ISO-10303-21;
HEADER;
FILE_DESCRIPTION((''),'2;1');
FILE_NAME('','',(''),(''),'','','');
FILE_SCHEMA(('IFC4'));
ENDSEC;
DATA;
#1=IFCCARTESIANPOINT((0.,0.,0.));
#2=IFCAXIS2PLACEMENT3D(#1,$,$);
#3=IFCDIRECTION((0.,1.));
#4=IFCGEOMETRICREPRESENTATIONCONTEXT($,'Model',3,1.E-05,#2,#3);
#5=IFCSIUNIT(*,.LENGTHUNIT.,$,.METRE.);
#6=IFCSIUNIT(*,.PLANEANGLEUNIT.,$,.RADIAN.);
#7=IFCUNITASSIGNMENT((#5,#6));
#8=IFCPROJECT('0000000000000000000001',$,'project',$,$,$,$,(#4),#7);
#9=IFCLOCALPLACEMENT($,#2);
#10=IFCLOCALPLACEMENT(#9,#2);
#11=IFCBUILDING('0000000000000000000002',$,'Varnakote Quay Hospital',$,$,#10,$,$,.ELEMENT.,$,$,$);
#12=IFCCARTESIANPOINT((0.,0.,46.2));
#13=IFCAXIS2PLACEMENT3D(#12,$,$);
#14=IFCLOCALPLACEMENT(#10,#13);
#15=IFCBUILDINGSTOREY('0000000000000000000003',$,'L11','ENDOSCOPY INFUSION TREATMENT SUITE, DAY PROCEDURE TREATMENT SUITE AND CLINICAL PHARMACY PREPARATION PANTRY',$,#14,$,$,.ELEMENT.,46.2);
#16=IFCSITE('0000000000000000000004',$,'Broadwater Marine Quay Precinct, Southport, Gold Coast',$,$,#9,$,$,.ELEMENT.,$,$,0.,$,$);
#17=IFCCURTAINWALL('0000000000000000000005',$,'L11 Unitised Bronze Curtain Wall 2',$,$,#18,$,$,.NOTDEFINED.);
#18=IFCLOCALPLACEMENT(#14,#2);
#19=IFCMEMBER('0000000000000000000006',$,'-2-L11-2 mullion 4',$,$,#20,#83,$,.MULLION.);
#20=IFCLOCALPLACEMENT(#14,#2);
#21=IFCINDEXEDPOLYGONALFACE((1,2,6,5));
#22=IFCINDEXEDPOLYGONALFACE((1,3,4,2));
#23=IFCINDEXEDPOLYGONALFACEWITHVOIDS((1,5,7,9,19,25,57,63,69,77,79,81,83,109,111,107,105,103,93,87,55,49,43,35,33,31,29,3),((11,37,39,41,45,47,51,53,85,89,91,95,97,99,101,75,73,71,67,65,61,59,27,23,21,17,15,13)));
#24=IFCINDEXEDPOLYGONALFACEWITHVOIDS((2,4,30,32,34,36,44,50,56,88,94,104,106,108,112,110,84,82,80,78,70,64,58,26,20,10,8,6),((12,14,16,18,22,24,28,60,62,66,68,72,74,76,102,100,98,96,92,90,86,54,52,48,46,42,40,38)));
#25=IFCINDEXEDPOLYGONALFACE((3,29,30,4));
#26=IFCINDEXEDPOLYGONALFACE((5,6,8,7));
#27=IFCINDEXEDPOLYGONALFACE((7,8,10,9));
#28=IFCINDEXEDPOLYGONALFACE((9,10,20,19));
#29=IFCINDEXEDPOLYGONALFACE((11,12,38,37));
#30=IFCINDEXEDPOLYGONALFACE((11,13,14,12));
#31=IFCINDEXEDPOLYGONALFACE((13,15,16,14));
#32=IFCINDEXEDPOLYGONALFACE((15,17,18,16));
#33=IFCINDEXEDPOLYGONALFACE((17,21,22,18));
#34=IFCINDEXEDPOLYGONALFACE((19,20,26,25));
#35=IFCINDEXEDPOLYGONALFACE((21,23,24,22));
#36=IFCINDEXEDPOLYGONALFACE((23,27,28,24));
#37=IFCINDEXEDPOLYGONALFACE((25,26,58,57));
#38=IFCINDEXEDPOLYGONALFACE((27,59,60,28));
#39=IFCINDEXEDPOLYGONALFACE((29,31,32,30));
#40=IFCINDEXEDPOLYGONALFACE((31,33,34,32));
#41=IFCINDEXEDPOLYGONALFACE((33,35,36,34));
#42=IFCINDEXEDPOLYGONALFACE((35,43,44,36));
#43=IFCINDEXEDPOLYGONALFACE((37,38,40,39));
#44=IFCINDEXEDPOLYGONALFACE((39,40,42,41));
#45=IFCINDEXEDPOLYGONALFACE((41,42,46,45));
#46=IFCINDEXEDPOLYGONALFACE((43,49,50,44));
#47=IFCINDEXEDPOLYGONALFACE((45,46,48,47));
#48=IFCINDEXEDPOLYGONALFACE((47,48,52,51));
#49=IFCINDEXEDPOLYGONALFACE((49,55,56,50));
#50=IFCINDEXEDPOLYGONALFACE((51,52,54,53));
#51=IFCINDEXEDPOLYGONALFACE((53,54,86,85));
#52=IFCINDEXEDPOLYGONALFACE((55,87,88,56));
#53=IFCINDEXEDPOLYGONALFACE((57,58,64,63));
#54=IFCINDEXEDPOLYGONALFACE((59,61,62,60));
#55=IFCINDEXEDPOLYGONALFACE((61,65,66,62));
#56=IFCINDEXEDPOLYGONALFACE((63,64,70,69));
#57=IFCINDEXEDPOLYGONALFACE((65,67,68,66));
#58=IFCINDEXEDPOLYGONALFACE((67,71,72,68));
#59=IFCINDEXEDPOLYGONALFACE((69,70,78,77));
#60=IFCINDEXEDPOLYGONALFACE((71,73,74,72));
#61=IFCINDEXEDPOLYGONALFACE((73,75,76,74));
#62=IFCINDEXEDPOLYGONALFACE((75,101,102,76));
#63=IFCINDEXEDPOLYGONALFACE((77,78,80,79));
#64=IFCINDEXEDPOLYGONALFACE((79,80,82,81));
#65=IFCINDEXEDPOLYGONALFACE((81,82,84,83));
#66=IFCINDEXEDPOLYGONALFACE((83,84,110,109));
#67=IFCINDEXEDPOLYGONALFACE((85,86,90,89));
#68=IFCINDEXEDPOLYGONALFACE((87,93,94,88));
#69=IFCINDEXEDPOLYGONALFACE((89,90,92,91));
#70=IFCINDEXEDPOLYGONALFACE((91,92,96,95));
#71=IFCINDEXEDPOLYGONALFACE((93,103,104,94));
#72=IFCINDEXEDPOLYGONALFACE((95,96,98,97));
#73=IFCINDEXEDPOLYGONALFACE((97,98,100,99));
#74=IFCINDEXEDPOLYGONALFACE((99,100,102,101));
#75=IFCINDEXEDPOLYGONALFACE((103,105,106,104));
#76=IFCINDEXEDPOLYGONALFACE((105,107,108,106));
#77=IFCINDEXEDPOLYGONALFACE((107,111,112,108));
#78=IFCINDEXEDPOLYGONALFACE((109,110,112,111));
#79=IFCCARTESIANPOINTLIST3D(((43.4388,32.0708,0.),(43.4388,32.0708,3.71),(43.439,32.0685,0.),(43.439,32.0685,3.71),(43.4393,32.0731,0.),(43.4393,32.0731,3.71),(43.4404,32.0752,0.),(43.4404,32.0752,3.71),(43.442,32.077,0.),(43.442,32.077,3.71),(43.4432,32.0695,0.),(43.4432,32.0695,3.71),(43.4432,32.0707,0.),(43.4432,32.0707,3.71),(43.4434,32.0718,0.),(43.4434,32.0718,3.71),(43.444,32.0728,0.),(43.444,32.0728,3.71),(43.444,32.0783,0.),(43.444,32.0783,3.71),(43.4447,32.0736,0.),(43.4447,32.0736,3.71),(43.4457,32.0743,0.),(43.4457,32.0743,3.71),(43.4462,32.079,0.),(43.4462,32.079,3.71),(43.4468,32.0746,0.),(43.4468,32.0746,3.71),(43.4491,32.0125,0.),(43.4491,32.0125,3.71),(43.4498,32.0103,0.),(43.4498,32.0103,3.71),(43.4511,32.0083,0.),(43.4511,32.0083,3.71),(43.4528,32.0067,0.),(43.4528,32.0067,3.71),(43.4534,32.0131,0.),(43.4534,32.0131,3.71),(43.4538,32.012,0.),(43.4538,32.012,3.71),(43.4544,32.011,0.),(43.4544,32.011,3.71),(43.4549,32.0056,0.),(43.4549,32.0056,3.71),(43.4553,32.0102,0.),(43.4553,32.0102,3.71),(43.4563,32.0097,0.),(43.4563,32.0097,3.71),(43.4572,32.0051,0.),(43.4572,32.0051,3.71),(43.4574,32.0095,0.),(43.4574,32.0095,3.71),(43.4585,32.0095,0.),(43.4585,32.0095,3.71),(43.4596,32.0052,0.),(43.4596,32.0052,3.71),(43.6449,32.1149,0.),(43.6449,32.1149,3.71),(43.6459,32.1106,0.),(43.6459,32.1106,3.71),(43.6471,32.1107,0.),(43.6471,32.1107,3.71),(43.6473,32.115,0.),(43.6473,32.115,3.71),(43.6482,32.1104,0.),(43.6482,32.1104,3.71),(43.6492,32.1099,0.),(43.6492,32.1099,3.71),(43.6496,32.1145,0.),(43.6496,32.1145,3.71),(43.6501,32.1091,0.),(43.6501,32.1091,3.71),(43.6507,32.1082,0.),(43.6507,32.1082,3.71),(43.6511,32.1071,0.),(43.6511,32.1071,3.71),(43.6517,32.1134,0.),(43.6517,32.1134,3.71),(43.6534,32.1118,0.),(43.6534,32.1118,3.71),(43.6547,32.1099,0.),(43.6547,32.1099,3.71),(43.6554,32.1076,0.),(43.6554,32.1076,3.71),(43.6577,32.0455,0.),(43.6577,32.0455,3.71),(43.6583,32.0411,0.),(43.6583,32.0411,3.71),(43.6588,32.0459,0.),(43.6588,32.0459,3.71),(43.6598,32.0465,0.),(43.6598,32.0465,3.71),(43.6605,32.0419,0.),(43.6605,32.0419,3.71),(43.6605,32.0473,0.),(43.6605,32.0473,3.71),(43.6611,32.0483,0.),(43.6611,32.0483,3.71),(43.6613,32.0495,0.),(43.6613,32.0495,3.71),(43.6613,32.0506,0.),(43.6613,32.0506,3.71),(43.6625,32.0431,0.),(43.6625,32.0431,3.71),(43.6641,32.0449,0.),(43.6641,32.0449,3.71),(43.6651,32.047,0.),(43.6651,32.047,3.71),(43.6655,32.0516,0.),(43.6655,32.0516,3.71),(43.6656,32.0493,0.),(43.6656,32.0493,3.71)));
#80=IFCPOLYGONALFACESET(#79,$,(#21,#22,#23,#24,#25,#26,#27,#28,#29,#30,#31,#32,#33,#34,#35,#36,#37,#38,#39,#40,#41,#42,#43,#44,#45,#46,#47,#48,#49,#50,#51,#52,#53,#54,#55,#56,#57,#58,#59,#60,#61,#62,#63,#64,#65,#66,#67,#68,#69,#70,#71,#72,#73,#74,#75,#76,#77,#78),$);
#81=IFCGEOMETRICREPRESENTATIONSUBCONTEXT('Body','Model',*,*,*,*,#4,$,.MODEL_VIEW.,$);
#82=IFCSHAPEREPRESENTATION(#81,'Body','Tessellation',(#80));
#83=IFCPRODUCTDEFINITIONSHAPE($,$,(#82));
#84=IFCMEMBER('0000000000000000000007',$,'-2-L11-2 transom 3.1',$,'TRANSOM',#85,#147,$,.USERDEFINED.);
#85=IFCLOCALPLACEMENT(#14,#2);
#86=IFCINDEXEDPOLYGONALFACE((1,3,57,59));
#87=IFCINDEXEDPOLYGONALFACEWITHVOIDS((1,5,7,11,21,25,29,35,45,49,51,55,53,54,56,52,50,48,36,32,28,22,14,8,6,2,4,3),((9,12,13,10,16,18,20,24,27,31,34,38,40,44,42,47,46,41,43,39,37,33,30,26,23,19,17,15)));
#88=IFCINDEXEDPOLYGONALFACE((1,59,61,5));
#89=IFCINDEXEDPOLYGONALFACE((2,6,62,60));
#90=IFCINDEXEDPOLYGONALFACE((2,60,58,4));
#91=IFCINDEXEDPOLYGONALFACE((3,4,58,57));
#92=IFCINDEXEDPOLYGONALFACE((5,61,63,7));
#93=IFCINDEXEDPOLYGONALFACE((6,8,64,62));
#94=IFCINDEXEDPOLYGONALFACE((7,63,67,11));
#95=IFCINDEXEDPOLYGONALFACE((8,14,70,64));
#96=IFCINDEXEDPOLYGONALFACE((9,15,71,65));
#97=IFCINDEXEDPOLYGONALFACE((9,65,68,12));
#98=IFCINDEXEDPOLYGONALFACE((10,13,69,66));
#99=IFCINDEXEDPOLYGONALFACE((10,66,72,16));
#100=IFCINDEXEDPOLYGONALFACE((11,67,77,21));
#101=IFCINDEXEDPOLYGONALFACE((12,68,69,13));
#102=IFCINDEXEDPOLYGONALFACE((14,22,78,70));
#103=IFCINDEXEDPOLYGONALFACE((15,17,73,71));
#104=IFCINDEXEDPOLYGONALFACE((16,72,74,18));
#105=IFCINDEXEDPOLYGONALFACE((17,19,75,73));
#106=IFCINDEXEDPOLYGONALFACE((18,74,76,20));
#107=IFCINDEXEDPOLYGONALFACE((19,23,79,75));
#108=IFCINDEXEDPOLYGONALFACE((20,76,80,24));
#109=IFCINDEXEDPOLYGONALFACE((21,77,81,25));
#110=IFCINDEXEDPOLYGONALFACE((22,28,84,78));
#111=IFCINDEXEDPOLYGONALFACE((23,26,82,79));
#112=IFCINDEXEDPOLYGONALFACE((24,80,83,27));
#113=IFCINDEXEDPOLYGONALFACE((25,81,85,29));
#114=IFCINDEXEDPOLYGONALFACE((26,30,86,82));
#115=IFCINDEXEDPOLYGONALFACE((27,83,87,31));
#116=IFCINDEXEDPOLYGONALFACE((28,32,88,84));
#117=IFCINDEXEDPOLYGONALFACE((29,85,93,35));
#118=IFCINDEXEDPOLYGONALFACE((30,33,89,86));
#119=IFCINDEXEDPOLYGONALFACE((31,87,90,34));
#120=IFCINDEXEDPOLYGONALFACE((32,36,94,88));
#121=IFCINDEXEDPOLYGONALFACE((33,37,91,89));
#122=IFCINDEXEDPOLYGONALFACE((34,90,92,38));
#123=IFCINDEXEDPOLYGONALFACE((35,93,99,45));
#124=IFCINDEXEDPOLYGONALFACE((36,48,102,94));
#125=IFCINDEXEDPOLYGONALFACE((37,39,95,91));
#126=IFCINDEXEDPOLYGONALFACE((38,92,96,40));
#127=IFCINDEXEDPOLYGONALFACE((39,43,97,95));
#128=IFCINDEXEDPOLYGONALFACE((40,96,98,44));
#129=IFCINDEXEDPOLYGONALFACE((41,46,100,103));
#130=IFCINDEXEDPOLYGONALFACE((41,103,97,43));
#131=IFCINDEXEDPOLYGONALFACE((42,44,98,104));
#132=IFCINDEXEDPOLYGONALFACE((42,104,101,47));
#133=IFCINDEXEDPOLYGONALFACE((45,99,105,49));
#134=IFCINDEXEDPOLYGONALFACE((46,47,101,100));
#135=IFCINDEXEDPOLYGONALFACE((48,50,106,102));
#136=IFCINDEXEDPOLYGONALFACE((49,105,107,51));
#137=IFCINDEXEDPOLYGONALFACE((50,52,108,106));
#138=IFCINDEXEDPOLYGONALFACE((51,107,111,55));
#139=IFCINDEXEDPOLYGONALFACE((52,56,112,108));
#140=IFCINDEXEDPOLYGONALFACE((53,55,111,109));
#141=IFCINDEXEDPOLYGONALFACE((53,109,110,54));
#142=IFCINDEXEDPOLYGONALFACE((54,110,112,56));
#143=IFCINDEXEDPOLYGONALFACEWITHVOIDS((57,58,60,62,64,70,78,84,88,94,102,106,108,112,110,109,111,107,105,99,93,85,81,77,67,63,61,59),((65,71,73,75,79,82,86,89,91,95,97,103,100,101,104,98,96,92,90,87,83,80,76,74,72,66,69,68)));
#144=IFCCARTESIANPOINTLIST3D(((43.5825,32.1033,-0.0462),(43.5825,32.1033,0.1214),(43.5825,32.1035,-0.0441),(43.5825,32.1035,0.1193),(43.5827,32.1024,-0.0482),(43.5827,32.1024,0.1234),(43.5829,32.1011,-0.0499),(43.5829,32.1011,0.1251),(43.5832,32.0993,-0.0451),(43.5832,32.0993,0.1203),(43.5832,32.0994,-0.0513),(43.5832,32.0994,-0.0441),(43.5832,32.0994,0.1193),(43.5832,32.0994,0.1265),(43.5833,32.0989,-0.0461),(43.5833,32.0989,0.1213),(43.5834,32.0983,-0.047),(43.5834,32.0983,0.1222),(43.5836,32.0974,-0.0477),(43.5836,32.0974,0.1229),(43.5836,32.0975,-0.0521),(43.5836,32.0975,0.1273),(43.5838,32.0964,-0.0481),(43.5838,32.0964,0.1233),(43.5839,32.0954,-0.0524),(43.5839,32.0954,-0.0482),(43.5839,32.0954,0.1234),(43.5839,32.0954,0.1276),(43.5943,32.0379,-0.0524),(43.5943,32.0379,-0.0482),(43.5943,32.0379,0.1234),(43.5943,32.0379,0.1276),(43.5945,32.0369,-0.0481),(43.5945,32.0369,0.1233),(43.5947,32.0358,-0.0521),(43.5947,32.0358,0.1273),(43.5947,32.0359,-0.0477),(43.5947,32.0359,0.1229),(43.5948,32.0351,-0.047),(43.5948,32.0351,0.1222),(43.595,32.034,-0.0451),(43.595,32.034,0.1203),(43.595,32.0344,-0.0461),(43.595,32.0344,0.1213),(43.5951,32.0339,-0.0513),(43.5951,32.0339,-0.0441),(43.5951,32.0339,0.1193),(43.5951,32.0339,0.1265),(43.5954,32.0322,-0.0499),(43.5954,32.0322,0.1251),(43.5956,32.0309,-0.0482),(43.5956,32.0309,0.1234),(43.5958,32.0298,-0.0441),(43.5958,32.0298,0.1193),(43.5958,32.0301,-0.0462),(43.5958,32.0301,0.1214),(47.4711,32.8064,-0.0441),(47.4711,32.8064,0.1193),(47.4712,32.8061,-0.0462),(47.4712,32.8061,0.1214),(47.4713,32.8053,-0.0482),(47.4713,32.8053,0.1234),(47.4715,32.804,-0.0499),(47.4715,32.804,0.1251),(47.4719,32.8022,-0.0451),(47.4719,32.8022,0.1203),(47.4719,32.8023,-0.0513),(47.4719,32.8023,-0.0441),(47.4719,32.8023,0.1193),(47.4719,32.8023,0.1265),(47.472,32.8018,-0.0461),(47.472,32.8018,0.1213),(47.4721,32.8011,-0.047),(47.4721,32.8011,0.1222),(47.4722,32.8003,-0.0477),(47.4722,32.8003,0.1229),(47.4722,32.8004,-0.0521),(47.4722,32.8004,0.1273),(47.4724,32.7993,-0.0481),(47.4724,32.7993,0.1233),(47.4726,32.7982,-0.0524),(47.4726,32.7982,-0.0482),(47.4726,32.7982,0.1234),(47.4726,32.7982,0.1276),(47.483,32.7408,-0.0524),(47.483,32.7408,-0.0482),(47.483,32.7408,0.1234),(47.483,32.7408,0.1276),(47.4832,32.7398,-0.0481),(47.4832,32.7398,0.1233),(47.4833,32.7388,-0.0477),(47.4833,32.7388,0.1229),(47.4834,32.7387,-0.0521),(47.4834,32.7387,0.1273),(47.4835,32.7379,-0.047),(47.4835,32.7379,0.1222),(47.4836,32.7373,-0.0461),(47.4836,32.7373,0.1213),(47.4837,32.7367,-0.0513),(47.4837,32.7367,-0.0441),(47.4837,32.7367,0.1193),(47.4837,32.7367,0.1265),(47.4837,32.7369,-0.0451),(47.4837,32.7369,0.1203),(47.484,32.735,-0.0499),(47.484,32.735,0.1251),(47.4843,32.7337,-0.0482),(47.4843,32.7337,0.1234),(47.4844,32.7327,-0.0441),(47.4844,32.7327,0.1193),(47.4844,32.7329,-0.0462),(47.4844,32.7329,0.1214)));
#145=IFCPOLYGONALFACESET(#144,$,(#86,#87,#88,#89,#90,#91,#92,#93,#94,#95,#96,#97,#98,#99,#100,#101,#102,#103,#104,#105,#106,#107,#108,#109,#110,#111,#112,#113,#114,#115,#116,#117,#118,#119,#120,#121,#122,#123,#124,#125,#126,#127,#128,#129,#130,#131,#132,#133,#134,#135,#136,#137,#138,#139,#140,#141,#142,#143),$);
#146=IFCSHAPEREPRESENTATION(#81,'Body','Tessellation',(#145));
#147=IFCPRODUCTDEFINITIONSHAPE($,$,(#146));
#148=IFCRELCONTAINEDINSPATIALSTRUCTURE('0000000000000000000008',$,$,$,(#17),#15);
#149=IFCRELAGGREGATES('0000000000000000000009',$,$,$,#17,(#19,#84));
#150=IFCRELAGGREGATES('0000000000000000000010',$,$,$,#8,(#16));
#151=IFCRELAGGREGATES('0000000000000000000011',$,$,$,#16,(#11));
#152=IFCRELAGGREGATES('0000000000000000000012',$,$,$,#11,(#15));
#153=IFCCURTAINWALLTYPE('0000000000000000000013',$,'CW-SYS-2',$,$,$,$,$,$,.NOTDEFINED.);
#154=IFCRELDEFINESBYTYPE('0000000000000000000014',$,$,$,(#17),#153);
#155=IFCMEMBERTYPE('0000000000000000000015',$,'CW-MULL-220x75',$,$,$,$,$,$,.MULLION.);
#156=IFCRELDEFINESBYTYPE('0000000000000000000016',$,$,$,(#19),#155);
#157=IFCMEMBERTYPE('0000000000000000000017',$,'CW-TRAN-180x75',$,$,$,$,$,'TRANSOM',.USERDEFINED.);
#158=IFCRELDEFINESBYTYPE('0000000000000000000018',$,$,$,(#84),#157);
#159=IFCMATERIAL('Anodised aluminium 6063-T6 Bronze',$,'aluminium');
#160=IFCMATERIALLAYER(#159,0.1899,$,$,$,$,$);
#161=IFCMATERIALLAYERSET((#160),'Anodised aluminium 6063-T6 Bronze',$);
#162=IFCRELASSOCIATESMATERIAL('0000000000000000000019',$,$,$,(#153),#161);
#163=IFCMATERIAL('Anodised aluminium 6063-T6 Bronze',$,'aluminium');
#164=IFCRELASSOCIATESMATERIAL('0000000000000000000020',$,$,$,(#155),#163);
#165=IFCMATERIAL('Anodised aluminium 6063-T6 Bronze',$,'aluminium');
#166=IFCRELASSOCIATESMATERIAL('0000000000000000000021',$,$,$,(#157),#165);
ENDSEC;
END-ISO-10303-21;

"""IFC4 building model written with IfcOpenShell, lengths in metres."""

from ifc_helpers import new_model, si_unit, direction, frame, origin, origin_2d, place, context, subcontext, project, spatial, hollow_rectangle, extrude, material, layer, layer_set, material_profile, profile_set, type_object, element, aggregate, save


model = new_model("IFC4")

# Units and contexts
model_context = context("Model", 3, precision=1e-05, world=origin(), true_north=direction((0.0, 1.0)))
body_context = subcontext(model_context, "Body", "Model", "MODEL_VIEW")
ifc_project = project(units=[si_unit("LENGTHUNIT", "METRE"), si_unit("PLANEANGLEUNIT", "RADIAN")], contexts=[model_context])

# Site, building, storey
site_placement = place(None, origin())
site = spatial("IfcSite", under=ifc_project, at=site_placement, Name="Broadwater Marine Quay Precinct, Southport, Gold Coast", CompositionType="ELEMENT", RefElevation=0.0)
building_placement = place(site_placement, origin())
building = spatial("IfcBuilding", under=site, at=building_placement, Name="Varnakote Quay Hospital", CompositionType="ELEMENT")
storey_placement = place(building_placement, frame((0.0, 0.0, 46.2)))
storey = spatial("IfcBuildingStorey", under=building, at=storey_placement, Name="L11", Description="ENDOSCOPY INFUSION TREATMENT SUITE, DAY PROCEDURE TREATMENT SUITE AND CLINICAL PHARMACY PREPARATION PANTRY", CompositionType="ELEMENT", Elevation=46.2)

# Curtain wall, members
ifc_material_1 = material(Name="Anodised aluminium 6063-T6 Bronze", Category="aluminium")
ifc_layer_1 = layer(ifc_material_1, 0.1899)
ifc_layer_set_1 = layer_set([ifc_layer_1], Name="Anodised aluminium 6063-T6 Bronze")
curtain_wall_type = type_object("IfcCurtainWallType", Name="CW-SYS-2", PredefinedType="NOTDEFINED", material=ifc_layer_set_1)
curtain_wall_placement = place(storey_placement, origin())
curtain_wall = element("IfcCurtainWall", 1, at=curtain_wall_placement, inside=storey, type_object=curtain_wall_type, Name="L11 Unitised Bronze Curtain Wall 2", PredefinedType="NOTDEFINED")
ifc_material_2 = material(Name="Anodised aluminium 6063-T6 Bronze", Category="aluminium")
ifc_material_profile_1 = material_profile(ifc_material_2, hollow_rectangle(XDim=0.075, YDim=0.22, WallThickness=0.0044, InnerFilletRadius=0.0044, OuterFilletRadius=0.009, at=origin_2d()), Name="CW-MULL-220x75")
ifc_profile_set_1 = profile_set([ifc_material_profile_1], Name="Anodised aluminium 6063-T6 Bronze")
member_type_1 = type_object("IfcMemberType", Name="CW-MULL-220x75", PredefinedType="MULLION", material=ifc_profile_set_1)
member_1_placement = place(storey_placement, frame((43.5522, 32.0601, 0.0), z_axis=(0.0, 0.0, 1.0), x_axis=(0.177846, -0.984058, 0.0)))
member_1 = element("IfcMember", 2, at=member_1_placement, type_object=member_type_1, Name="-2-L11-2 mullion 4", PredefinedType="MULLION", context=body_context, shape_type="SweptSolid", body=[
    extrude(hollow_rectangle(XDim=0.075, YDim=0.22, WallThickness=0.0044, InnerFilletRadius=0.0044, OuterFilletRadius=0.009, at=origin_2d()), origin(), (0.0, 0.0, 1.0), 3.71),
])
ifc_material_3 = material(Name="Anodised aluminium 6063-T6 Bronze", Category="aluminium")
ifc_material_profile_2 = material_profile(ifc_material_3, hollow_rectangle(XDim=0.075, YDim=0.1799, WallThickness=0.0042, InnerFilletRadius=0.0042, OuterFilletRadius=0.0083, at=origin_2d()), Name="CW-TRAN-180x75")
ifc_profile_set_2 = profile_set([ifc_material_profile_2], Name="Anodised aluminium 6063-T6 Bronze")
member_type_2 = type_object("IfcMemberType", Name="CW-TRAN-180x75", ElementType="TRANSOM", PredefinedType="USERDEFINED", material=ifc_profile_set_2)
member_2_placement = place(storey_placement, frame((47.4778, 32.7695, 0.0376), z_axis=(-0.984054, -0.177869, 0.0), x_axis=(0.177869, -0.984054, 0.0)))
member_2 = element("IfcMember", 3, at=member_2_placement, type_object=member_type_2, Name="-2-L11-2 transom 3.1", ObjectType="TRANSOM", PredefinedType="USERDEFINED", context=body_context, shape_type="SweptSolid", body=[
    extrude(hollow_rectangle(XDim=0.075, YDim=0.1799, WallThickness=0.0042, InnerFilletRadius=0.0042, OuterFilletRadius=0.0083, at=origin_2d()), origin(), (0.0, 0.0, 1.0), 3.9517),
])
aggregate(curtain_wall, [member_1, member_2])

save(model, "model.ifc")
